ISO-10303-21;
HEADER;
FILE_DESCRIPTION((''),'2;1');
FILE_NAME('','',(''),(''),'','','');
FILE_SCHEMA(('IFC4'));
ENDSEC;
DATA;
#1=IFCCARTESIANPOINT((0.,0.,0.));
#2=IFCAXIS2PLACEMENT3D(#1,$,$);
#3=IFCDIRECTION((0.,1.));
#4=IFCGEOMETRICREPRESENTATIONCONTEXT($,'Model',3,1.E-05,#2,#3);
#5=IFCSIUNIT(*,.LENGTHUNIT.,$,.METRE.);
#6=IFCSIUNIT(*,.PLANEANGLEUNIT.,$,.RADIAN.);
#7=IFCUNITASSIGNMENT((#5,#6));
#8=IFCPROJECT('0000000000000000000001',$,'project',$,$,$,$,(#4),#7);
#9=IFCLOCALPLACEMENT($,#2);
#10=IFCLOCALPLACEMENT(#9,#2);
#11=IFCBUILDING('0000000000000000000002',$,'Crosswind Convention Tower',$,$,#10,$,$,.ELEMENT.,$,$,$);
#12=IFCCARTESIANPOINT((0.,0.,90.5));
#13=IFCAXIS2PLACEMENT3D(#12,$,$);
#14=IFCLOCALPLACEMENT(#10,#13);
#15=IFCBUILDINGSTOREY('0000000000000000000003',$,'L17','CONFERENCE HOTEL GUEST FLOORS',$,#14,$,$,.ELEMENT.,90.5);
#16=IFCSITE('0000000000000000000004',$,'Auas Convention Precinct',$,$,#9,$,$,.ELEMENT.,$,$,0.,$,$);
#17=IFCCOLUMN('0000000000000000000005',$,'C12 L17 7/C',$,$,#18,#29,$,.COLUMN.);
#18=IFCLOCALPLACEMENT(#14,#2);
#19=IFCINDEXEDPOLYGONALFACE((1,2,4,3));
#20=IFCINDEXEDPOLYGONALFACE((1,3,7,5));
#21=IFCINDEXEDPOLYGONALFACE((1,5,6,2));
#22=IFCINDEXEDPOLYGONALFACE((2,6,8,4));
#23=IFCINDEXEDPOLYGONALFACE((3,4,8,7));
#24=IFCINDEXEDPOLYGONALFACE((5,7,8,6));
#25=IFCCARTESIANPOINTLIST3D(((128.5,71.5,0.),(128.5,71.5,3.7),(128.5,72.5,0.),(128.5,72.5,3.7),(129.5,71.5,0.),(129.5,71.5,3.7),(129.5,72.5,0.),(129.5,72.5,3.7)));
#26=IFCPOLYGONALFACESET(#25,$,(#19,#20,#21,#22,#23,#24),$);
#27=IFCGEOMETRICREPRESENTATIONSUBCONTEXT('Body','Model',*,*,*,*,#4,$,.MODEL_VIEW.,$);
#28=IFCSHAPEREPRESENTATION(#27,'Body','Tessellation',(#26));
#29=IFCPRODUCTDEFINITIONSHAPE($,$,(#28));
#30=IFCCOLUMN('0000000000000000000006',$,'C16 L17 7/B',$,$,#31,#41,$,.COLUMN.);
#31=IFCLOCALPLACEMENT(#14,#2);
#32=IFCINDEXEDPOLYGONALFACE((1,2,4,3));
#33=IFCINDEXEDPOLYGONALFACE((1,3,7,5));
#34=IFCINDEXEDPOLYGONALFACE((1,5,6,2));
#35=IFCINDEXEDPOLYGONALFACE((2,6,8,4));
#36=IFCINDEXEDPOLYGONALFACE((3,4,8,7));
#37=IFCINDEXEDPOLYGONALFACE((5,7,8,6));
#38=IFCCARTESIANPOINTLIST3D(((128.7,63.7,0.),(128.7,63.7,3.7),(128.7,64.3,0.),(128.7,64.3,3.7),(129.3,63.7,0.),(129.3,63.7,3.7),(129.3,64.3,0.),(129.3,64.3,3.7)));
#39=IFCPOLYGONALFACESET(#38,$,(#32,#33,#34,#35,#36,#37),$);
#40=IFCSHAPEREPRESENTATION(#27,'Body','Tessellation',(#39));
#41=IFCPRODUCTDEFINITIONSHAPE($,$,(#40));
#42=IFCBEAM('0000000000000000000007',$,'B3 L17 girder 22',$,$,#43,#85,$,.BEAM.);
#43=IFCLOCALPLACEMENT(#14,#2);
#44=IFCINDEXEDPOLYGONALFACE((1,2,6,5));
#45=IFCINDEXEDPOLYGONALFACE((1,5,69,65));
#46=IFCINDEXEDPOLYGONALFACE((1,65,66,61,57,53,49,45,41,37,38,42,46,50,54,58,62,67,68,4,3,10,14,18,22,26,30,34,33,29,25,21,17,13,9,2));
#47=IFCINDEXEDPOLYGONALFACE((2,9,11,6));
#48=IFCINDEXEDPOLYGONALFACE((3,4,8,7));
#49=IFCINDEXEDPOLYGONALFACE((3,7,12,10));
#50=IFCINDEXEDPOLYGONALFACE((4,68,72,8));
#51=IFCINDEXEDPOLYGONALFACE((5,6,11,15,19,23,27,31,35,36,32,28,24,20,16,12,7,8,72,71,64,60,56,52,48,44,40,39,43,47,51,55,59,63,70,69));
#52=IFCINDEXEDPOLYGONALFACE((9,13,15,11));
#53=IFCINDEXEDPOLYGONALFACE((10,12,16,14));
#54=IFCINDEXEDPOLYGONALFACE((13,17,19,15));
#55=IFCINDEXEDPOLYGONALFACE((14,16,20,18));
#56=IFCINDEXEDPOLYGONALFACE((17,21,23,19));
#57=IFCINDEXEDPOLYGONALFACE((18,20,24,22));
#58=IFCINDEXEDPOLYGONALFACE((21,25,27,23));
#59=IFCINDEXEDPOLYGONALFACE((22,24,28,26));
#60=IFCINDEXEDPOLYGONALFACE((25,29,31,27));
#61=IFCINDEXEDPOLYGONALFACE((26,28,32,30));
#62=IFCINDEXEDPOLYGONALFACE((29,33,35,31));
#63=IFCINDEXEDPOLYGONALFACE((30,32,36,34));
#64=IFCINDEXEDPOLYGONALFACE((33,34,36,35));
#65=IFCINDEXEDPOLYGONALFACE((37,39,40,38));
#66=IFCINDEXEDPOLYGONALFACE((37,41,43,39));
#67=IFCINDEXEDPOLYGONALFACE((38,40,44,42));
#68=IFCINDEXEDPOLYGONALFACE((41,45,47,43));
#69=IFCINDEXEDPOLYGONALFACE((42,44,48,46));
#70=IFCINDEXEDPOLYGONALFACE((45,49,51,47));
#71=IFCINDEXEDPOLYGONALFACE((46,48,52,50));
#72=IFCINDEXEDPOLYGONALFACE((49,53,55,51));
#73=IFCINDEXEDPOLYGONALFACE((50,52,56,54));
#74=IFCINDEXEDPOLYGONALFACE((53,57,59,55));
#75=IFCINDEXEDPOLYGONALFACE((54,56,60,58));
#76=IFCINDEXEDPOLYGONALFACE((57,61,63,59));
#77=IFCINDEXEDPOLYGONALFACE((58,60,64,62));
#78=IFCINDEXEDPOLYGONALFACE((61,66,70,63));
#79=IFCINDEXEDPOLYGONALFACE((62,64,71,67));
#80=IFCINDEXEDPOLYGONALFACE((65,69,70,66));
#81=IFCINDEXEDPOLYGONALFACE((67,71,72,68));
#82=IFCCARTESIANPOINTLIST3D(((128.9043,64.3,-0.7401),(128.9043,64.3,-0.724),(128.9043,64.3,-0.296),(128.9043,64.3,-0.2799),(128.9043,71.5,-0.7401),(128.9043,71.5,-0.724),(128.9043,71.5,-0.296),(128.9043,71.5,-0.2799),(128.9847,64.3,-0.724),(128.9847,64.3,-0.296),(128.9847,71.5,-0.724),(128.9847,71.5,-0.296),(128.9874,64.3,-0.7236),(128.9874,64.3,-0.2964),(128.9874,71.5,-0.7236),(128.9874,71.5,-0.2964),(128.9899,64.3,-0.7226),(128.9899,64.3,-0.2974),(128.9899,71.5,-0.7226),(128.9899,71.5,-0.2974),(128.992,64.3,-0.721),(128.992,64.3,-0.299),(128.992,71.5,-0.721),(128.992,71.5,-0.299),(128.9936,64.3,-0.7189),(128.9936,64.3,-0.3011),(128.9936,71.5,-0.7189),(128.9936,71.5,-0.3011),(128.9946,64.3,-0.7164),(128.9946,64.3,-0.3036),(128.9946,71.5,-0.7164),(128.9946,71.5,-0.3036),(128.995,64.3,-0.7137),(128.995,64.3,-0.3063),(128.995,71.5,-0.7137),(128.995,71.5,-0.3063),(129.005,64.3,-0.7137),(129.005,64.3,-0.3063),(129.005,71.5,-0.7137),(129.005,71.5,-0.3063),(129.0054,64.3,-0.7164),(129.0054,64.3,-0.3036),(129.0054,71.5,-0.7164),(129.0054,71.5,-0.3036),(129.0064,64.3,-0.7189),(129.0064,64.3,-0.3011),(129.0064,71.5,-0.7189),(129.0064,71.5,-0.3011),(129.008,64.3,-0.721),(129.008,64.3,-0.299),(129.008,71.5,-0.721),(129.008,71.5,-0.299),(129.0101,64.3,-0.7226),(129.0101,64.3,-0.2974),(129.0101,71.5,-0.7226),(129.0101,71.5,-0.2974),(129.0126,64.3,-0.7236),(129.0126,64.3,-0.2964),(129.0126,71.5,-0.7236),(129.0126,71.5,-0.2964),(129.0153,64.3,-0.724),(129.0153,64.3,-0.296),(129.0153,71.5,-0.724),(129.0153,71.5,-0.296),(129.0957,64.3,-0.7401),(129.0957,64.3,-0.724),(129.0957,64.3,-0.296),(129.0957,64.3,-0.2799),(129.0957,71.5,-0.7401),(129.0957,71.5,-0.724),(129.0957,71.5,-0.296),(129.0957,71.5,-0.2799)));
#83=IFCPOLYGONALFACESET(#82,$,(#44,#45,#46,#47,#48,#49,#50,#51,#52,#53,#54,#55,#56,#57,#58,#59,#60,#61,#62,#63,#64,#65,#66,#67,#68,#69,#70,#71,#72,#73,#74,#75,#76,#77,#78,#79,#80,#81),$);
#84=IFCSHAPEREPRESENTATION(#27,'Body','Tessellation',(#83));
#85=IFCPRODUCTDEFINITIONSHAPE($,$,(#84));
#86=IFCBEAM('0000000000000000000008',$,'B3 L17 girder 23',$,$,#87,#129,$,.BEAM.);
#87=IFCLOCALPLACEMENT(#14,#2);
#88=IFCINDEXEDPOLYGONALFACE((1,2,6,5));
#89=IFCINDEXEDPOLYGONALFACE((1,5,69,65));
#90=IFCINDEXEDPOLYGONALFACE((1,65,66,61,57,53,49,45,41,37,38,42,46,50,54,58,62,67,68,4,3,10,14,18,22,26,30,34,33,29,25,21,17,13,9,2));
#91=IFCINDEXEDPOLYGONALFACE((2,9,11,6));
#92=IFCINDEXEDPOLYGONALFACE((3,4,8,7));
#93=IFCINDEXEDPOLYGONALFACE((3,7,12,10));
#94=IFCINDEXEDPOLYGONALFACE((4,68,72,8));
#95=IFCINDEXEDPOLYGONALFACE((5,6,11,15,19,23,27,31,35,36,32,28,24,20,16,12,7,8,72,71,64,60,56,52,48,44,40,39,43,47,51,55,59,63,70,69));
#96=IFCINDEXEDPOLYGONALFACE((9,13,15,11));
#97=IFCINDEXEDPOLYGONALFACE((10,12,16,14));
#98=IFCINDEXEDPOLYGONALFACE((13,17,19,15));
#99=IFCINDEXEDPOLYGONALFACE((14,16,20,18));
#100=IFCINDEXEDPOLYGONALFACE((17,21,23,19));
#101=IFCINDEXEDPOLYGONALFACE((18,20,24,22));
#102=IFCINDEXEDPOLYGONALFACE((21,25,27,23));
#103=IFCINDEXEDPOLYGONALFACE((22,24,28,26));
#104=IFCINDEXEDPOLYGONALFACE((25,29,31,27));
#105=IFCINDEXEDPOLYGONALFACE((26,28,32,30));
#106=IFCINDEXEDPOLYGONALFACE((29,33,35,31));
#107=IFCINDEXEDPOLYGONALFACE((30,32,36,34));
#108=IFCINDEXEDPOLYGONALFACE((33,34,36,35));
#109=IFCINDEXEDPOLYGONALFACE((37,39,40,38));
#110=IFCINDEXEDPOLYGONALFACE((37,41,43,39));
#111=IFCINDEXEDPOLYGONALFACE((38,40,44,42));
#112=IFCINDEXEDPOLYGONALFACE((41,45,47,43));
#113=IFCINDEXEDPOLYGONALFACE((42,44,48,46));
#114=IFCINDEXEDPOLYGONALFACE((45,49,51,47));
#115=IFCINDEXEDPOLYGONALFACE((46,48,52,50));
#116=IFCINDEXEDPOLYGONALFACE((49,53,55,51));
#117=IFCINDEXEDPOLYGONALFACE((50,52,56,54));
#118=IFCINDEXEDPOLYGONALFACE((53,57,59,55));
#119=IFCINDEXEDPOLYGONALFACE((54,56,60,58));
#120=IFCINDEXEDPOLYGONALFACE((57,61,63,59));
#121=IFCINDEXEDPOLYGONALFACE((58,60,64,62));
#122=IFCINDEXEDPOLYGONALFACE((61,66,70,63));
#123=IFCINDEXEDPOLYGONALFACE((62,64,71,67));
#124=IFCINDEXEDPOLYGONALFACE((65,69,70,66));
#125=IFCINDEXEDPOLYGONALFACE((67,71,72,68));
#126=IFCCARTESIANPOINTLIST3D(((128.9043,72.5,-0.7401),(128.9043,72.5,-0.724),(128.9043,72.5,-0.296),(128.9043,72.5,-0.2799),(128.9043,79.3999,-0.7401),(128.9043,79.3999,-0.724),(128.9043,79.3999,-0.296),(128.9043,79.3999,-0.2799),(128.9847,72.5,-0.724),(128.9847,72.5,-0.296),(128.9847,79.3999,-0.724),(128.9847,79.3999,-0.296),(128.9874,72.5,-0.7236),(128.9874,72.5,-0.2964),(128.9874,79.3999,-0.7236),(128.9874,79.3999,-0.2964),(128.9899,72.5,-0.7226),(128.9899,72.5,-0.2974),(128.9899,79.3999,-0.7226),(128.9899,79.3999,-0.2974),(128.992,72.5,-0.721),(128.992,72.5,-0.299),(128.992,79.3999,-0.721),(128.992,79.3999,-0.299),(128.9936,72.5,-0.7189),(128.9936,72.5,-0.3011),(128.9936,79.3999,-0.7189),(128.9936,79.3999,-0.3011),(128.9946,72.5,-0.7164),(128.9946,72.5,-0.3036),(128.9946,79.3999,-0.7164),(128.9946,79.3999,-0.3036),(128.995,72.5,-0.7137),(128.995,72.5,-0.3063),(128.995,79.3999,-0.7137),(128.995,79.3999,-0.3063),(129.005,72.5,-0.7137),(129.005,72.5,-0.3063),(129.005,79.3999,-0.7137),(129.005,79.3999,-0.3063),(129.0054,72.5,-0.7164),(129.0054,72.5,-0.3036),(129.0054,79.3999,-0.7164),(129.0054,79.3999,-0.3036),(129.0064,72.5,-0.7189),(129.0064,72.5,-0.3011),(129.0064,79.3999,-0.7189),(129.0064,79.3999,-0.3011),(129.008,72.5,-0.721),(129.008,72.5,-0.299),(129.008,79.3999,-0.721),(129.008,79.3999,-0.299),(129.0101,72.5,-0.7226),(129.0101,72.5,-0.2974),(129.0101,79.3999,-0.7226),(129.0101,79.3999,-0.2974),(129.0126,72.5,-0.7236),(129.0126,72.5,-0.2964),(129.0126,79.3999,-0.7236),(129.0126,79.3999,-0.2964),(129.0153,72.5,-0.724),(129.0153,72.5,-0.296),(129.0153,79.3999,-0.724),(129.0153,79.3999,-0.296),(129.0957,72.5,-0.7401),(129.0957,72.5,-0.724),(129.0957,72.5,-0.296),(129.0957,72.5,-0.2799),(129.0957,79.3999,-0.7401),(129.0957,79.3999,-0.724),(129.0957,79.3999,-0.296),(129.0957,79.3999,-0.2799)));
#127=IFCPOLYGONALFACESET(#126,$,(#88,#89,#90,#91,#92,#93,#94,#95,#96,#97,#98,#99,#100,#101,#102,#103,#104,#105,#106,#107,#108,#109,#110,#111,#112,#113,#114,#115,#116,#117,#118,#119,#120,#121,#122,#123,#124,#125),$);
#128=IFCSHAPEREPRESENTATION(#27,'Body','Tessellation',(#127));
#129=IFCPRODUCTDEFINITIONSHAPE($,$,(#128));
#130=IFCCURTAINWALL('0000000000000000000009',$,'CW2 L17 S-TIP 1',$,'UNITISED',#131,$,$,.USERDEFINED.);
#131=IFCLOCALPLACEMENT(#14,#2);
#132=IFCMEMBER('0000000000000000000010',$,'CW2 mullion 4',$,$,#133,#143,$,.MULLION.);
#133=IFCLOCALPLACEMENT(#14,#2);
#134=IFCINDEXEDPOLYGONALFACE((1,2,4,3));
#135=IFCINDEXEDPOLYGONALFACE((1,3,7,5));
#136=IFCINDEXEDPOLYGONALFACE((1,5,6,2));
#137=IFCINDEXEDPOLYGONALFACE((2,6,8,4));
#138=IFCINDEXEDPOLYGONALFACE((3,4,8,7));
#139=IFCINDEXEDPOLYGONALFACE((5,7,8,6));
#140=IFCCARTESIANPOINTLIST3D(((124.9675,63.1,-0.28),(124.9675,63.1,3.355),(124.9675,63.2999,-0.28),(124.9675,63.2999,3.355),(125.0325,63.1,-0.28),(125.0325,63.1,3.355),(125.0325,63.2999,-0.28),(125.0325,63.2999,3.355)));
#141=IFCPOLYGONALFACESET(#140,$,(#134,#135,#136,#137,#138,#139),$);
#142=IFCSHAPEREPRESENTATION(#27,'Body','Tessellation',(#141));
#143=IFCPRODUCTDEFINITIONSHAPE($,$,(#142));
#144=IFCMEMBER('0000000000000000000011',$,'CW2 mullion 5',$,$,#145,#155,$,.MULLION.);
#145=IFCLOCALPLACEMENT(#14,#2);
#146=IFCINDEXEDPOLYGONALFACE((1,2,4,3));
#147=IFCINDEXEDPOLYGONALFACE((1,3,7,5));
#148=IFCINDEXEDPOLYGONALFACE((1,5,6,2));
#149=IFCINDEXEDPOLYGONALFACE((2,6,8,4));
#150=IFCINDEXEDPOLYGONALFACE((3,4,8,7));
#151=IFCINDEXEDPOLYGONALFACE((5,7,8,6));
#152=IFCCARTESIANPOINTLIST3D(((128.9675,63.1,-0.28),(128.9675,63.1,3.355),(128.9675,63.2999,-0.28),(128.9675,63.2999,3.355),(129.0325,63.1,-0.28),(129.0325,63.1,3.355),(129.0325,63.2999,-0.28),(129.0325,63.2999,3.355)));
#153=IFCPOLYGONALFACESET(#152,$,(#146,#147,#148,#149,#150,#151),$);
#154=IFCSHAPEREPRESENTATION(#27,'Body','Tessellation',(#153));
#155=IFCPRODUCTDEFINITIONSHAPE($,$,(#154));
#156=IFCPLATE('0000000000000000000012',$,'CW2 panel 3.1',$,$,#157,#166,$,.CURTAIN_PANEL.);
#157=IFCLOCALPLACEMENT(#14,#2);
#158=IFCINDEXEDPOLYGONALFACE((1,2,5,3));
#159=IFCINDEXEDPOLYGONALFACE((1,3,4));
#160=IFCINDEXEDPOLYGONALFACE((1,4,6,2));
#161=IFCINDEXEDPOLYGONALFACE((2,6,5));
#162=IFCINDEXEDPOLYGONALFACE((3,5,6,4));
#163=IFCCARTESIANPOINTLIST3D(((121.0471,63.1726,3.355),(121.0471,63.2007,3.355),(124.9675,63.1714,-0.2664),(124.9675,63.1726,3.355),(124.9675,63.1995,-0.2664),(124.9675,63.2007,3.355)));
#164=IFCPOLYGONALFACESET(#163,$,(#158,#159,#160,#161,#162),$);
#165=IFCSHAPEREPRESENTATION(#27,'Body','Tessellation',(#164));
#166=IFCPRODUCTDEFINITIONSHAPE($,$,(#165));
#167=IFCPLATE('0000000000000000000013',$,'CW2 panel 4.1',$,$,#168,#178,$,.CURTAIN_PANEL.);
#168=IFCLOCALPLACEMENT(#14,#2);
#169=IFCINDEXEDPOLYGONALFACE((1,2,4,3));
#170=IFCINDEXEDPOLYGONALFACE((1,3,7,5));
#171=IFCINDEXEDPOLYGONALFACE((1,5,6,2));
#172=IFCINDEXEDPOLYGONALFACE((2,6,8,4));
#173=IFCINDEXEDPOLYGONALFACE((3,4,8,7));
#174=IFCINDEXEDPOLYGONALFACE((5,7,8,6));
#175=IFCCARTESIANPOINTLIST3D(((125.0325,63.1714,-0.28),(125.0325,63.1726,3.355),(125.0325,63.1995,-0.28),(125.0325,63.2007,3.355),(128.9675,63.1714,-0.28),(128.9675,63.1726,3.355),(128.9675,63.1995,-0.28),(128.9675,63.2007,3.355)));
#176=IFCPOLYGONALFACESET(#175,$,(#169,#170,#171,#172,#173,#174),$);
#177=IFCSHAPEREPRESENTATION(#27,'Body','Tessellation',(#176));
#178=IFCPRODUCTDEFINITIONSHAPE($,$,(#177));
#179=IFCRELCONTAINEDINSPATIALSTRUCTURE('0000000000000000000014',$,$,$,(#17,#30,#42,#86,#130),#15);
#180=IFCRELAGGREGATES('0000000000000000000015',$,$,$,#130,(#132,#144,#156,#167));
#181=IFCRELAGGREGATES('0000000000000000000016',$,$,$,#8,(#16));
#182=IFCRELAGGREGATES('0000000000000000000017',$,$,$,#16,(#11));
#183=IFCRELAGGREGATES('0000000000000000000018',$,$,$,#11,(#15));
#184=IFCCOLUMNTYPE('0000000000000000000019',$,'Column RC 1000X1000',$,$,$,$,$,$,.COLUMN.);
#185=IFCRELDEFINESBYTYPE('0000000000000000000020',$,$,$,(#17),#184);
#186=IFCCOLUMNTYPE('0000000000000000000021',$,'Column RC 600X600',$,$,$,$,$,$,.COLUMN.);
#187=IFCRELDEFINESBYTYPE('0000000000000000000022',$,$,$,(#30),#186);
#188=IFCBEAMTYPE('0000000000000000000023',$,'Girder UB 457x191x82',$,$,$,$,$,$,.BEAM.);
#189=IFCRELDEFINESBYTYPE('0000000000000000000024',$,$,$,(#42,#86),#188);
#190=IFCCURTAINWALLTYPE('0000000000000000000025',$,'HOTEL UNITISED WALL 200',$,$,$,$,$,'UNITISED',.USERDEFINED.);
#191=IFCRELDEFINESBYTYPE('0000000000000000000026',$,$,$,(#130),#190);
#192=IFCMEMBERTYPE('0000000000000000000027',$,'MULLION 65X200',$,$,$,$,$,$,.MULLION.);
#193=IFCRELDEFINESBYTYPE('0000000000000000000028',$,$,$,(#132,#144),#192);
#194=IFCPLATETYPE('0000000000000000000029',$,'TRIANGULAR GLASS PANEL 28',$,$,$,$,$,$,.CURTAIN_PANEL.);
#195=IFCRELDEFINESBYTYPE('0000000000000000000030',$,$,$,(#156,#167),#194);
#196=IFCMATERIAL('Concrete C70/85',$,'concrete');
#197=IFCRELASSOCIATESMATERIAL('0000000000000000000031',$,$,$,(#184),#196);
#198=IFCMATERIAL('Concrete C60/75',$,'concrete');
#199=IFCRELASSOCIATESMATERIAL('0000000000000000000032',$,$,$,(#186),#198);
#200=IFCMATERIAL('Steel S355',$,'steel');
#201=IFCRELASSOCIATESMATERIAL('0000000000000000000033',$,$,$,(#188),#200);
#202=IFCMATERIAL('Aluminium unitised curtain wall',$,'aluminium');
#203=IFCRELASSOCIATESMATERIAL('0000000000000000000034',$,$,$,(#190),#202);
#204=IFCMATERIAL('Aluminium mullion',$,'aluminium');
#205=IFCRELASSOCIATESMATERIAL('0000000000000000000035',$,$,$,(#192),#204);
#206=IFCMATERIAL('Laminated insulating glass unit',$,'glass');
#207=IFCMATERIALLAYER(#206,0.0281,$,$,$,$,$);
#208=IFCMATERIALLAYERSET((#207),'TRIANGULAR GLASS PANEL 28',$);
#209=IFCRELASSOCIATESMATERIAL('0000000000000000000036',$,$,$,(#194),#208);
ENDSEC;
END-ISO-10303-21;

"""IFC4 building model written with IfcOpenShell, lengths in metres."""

from ifc_helpers import new_model, si_unit, direction, frame, origin, origin_2d, place, context, subcontext, project, spatial, polyline, rectangle, i_section, outline, extrude, material, layer, layer_set, material_profile, profile_set, type_object, element, aggregate, save


model = new_model("IFC4")

# Units and contexts
model_context = context("Model", 3, precision=1e-05, world=origin(), true_north=direction((0.0, 1.0)))
body_context = subcontext(model_context, "Body", "Model", "MODEL_VIEW")
ifc_project = project(units=[si_unit("LENGTHUNIT", "METRE"), si_unit("PLANEANGLEUNIT", "RADIAN")], contexts=[model_context])

# Site, building, storey
site_placement = place(None, origin())
site = spatial("IfcSite", under=ifc_project, at=site_placement, Name="Auas Convention Precinct", CompositionType="ELEMENT", RefElevation=0.0)
building_placement = place(site_placement, origin())
building = spatial("IfcBuilding", under=site, at=building_placement, Name="Crosswind Convention Tower", CompositionType="ELEMENT")
storey_placement = place(building_placement, frame((0.0, 0.0, 90.5)))
storey = spatial("IfcBuildingStorey", under=building, at=storey_placement, Name="L17", Description="CONFERENCE HOTEL GUEST FLOORS", CompositionType="ELEMENT", Elevation=90.5)

# Columns
ifc_material_1 = material(Name="Concrete C70/85", Category="concrete")
ifc_material_profile_1 = material_profile(ifc_material_1, rectangle(XDim=1.0, YDim=1.0, at=origin_2d()), Name="RC 1000X1000")
ifc_profile_set_1 = profile_set([ifc_material_profile_1], Name="Concrete C70/85")
column_type_1 = type_object("IfcColumnType", Name="Column RC 1000X1000", PredefinedType="COLUMN", material=ifc_profile_set_1)
column_1_placement = place(storey_placement, frame((129.0, 72.0, 0.0), z_axis=(0.0, 0.0, 1.0), x_axis=(1.0, 0.0, 0.0)))
element("IfcColumn", 1, at=column_1_placement, inside=storey, type_object=column_type_1, Name="C12 L17 7/C", PredefinedType="COLUMN", context=body_context, shape_type="SweptSolid", body=[
    extrude(rectangle(XDim=1.0, YDim=1.0, at=origin_2d()), origin(), (0.0, 0.0, 1.0), 3.7),
])
ifc_material_2 = material(Name="Concrete C60/75", Category="concrete")
ifc_material_profile_2 = material_profile(ifc_material_2, rectangle(XDim=0.6001, YDim=0.6001, at=origin_2d()), Name="RC 600X600")
ifc_profile_set_2 = profile_set([ifc_material_profile_2], Name="Concrete C60/75")
column_type_2 = type_object("IfcColumnType", Name="Column RC 600X600", PredefinedType="COLUMN", material=ifc_profile_set_2)
column_2_placement = place(storey_placement, frame((129.0, 64.0, 0.0), z_axis=(0.0, 0.0, 1.0), x_axis=(1.0, 0.0, 0.0)))
element("IfcColumn", 2, at=column_2_placement, inside=storey, type_object=column_type_2, Name="C16 L17 7/B", PredefinedType="COLUMN", context=body_context, shape_type="SweptSolid", body=[
    extrude(rectangle(XDim=0.6001, YDim=0.6001, at=origin_2d()), origin(), (0.0, 0.0, 1.0), 3.7),
])

# Beams
ifc_material_3 = material(Name="Steel S355", Category="steel")
ifc_material_profile_3 = material_profile(ifc_material_3, i_section(OverallWidth=0.1914, OverallDepth=0.4602, WebThickness=0.01, FlangeThickness=0.0161, FilletRadius=0.0103, at=origin_2d()), Name="UB 457x191x82")
ifc_profile_set_3 = profile_set([ifc_material_profile_3], Name="Steel S355")
beam_type = type_object("IfcBeamType", Name="Girder UB 457x191x82", PredefinedType="BEAM", material=ifc_profile_set_3)
beam_1_placement = place(storey_placement, frame((129.0, 64.3, -0.51), z_axis=(0.0, 1.0, 0.0), x_axis=(-1.0, 0.0, 0.0)))
element("IfcBeam", 3, at=beam_1_placement, inside=storey, type_object=beam_type, Name="B3 L17 girder 22", PredefinedType="BEAM", context=body_context, shape_type="SweptSolid", body=[
    extrude(i_section(OverallWidth=0.1914, OverallDepth=0.4602, WebThickness=0.01, FlangeThickness=0.0161, FilletRadius=0.0103, at=origin_2d()), origin(), (0.0, 0.0, 1.0), 7.2),
])
beam_2_placement = place(storey_placement, frame((129.0, 72.5, -0.51), z_axis=(0.0, 1.0, 0.0), x_axis=(-1.0, 0.0, 0.0)))
element("IfcBeam", 4, at=beam_2_placement, inside=storey, type_object=beam_type, Name="B3 L17 girder 23", PredefinedType="BEAM", context=body_context, shape_type="SweptSolid", body=[
    extrude(i_section(OverallWidth=0.1914, OverallDepth=0.4602, WebThickness=0.01, FlangeThickness=0.0161, FilletRadius=0.0103, at=origin_2d()), origin(), (0.0, 0.0, 1.0), 6.8999),
])

# Curtain wall, members, plates
ifc_material_4 = material(Name="Aluminium unitised curtain wall", Category="aluminium")
curtain_wall_type = type_object("IfcCurtainWallType", Name="HOTEL UNITISED WALL 200", ElementType="UNITISED", PredefinedType="USERDEFINED", material=ifc_material_4)
curtain_wall_placement = place(storey_placement, origin())
curtain_wall = element("IfcCurtainWall", 5, at=curtain_wall_placement, inside=storey, type_object=curtain_wall_type, Name="CW2 L17 S-TIP 1", ObjectType="UNITISED", PredefinedType="USERDEFINED")
ifc_material_5 = material(Name="Aluminium mullion", Category="aluminium")
ifc_material_profile_4 = material_profile(ifc_material_5, rectangle(XDim=0.2, YDim=0.0649, at=origin_2d()), Name="AL 200X65")
ifc_profile_set_4 = profile_set([ifc_material_profile_4], Name="Aluminium mullion")
member_type = type_object("IfcMemberType", Name="MULLION 65X200", PredefinedType="MULLION", material=ifc_profile_set_4)
member_1_placement = place(storey_placement, frame((125.0, 63.2, -0.28), z_axis=(0.0, 0.0, 1.0), x_axis=(0.0, -1.0, 0.0)))
member_1 = element("IfcMember", 6, at=member_1_placement, type_object=member_type, Name="CW2 mullion 4", PredefinedType="MULLION", context=body_context, shape_type="SweptSolid", body=[
    extrude(rectangle(XDim=0.2, YDim=0.0649, at=origin_2d()), origin(), (0.0, 0.0, 1.0), 3.635),
])
member_2_placement = place(storey_placement, frame((129.0, 63.2, -0.28), z_axis=(0.0, 0.0, 1.0), x_axis=(0.0, -1.0, 0.0)))
member_2 = element("IfcMember", 7, at=member_2_placement, type_object=member_type, Name="CW2 mullion 5", PredefinedType="MULLION", context=body_context, shape_type="SweptSolid", body=[
    extrude(rectangle(XDim=0.2, YDim=0.0649, at=origin_2d()), origin(), (0.0, 0.0, 1.0), 3.635),
])
ifc_material_6 = material(Name="Laminated insulating glass unit", Category="glass")
ifc_layer_1 = layer(ifc_material_6, 0.0281)
ifc_layer_set_1 = layer_set([ifc_layer_1], Name="TRIANGULAR GLASS PANEL 28")
plate_type = type_object("IfcPlateType", Name="TRIANGULAR GLASS PANEL 28", PredefinedType="CURTAIN_PANEL", material=ifc_layer_set_1)
plate_1_placement = place(storey_placement, frame((124.9675, 63.1726, 3.355), z_axis=(0.0, -1.0, 0.000337), x_axis=(-1.0, 0.0, 0.0)))
plate_1 = element("IfcPlate", 8, at=plate_1_placement, type_object=plate_type, Name="CW2 panel 3.1", PredefinedType="CURTAIN_PANEL", context=body_context, shape_type="SweptSolid", body=[
    extrude(outline(polyline([(0.0, 0.0), (3.9204, 0.0), (0.0, 3.6213), (0.0, 0.0)])), origin(), (0.0, 0.0, -1.0), 0.0281),
])
plate_2_placement = place(storey_placement, frame((125.0325, 63.1714, -0.28), z_axis=(0.0, -1.0, 0.000336), x_axis=(1.0, 0.0, 0.0)))
plate_2 = element("IfcPlate", 9, at=plate_2_placement, type_object=plate_type, Name="CW2 panel 4.1", PredefinedType="CURTAIN_PANEL", context=body_context, shape_type="SweptSolid", body=[
    extrude(outline(polyline([(0.0, 0.0), (3.9351, 0.0), (3.9351, 3.635), (0.0, 3.635), (0.0, 0.0)])), origin(), (0.0, 0.0, -1.0), 0.0281),
])
aggregate(curtain_wall, [member_1, member_2, plate_1, plate_2])

save(model, "model.ifc")
